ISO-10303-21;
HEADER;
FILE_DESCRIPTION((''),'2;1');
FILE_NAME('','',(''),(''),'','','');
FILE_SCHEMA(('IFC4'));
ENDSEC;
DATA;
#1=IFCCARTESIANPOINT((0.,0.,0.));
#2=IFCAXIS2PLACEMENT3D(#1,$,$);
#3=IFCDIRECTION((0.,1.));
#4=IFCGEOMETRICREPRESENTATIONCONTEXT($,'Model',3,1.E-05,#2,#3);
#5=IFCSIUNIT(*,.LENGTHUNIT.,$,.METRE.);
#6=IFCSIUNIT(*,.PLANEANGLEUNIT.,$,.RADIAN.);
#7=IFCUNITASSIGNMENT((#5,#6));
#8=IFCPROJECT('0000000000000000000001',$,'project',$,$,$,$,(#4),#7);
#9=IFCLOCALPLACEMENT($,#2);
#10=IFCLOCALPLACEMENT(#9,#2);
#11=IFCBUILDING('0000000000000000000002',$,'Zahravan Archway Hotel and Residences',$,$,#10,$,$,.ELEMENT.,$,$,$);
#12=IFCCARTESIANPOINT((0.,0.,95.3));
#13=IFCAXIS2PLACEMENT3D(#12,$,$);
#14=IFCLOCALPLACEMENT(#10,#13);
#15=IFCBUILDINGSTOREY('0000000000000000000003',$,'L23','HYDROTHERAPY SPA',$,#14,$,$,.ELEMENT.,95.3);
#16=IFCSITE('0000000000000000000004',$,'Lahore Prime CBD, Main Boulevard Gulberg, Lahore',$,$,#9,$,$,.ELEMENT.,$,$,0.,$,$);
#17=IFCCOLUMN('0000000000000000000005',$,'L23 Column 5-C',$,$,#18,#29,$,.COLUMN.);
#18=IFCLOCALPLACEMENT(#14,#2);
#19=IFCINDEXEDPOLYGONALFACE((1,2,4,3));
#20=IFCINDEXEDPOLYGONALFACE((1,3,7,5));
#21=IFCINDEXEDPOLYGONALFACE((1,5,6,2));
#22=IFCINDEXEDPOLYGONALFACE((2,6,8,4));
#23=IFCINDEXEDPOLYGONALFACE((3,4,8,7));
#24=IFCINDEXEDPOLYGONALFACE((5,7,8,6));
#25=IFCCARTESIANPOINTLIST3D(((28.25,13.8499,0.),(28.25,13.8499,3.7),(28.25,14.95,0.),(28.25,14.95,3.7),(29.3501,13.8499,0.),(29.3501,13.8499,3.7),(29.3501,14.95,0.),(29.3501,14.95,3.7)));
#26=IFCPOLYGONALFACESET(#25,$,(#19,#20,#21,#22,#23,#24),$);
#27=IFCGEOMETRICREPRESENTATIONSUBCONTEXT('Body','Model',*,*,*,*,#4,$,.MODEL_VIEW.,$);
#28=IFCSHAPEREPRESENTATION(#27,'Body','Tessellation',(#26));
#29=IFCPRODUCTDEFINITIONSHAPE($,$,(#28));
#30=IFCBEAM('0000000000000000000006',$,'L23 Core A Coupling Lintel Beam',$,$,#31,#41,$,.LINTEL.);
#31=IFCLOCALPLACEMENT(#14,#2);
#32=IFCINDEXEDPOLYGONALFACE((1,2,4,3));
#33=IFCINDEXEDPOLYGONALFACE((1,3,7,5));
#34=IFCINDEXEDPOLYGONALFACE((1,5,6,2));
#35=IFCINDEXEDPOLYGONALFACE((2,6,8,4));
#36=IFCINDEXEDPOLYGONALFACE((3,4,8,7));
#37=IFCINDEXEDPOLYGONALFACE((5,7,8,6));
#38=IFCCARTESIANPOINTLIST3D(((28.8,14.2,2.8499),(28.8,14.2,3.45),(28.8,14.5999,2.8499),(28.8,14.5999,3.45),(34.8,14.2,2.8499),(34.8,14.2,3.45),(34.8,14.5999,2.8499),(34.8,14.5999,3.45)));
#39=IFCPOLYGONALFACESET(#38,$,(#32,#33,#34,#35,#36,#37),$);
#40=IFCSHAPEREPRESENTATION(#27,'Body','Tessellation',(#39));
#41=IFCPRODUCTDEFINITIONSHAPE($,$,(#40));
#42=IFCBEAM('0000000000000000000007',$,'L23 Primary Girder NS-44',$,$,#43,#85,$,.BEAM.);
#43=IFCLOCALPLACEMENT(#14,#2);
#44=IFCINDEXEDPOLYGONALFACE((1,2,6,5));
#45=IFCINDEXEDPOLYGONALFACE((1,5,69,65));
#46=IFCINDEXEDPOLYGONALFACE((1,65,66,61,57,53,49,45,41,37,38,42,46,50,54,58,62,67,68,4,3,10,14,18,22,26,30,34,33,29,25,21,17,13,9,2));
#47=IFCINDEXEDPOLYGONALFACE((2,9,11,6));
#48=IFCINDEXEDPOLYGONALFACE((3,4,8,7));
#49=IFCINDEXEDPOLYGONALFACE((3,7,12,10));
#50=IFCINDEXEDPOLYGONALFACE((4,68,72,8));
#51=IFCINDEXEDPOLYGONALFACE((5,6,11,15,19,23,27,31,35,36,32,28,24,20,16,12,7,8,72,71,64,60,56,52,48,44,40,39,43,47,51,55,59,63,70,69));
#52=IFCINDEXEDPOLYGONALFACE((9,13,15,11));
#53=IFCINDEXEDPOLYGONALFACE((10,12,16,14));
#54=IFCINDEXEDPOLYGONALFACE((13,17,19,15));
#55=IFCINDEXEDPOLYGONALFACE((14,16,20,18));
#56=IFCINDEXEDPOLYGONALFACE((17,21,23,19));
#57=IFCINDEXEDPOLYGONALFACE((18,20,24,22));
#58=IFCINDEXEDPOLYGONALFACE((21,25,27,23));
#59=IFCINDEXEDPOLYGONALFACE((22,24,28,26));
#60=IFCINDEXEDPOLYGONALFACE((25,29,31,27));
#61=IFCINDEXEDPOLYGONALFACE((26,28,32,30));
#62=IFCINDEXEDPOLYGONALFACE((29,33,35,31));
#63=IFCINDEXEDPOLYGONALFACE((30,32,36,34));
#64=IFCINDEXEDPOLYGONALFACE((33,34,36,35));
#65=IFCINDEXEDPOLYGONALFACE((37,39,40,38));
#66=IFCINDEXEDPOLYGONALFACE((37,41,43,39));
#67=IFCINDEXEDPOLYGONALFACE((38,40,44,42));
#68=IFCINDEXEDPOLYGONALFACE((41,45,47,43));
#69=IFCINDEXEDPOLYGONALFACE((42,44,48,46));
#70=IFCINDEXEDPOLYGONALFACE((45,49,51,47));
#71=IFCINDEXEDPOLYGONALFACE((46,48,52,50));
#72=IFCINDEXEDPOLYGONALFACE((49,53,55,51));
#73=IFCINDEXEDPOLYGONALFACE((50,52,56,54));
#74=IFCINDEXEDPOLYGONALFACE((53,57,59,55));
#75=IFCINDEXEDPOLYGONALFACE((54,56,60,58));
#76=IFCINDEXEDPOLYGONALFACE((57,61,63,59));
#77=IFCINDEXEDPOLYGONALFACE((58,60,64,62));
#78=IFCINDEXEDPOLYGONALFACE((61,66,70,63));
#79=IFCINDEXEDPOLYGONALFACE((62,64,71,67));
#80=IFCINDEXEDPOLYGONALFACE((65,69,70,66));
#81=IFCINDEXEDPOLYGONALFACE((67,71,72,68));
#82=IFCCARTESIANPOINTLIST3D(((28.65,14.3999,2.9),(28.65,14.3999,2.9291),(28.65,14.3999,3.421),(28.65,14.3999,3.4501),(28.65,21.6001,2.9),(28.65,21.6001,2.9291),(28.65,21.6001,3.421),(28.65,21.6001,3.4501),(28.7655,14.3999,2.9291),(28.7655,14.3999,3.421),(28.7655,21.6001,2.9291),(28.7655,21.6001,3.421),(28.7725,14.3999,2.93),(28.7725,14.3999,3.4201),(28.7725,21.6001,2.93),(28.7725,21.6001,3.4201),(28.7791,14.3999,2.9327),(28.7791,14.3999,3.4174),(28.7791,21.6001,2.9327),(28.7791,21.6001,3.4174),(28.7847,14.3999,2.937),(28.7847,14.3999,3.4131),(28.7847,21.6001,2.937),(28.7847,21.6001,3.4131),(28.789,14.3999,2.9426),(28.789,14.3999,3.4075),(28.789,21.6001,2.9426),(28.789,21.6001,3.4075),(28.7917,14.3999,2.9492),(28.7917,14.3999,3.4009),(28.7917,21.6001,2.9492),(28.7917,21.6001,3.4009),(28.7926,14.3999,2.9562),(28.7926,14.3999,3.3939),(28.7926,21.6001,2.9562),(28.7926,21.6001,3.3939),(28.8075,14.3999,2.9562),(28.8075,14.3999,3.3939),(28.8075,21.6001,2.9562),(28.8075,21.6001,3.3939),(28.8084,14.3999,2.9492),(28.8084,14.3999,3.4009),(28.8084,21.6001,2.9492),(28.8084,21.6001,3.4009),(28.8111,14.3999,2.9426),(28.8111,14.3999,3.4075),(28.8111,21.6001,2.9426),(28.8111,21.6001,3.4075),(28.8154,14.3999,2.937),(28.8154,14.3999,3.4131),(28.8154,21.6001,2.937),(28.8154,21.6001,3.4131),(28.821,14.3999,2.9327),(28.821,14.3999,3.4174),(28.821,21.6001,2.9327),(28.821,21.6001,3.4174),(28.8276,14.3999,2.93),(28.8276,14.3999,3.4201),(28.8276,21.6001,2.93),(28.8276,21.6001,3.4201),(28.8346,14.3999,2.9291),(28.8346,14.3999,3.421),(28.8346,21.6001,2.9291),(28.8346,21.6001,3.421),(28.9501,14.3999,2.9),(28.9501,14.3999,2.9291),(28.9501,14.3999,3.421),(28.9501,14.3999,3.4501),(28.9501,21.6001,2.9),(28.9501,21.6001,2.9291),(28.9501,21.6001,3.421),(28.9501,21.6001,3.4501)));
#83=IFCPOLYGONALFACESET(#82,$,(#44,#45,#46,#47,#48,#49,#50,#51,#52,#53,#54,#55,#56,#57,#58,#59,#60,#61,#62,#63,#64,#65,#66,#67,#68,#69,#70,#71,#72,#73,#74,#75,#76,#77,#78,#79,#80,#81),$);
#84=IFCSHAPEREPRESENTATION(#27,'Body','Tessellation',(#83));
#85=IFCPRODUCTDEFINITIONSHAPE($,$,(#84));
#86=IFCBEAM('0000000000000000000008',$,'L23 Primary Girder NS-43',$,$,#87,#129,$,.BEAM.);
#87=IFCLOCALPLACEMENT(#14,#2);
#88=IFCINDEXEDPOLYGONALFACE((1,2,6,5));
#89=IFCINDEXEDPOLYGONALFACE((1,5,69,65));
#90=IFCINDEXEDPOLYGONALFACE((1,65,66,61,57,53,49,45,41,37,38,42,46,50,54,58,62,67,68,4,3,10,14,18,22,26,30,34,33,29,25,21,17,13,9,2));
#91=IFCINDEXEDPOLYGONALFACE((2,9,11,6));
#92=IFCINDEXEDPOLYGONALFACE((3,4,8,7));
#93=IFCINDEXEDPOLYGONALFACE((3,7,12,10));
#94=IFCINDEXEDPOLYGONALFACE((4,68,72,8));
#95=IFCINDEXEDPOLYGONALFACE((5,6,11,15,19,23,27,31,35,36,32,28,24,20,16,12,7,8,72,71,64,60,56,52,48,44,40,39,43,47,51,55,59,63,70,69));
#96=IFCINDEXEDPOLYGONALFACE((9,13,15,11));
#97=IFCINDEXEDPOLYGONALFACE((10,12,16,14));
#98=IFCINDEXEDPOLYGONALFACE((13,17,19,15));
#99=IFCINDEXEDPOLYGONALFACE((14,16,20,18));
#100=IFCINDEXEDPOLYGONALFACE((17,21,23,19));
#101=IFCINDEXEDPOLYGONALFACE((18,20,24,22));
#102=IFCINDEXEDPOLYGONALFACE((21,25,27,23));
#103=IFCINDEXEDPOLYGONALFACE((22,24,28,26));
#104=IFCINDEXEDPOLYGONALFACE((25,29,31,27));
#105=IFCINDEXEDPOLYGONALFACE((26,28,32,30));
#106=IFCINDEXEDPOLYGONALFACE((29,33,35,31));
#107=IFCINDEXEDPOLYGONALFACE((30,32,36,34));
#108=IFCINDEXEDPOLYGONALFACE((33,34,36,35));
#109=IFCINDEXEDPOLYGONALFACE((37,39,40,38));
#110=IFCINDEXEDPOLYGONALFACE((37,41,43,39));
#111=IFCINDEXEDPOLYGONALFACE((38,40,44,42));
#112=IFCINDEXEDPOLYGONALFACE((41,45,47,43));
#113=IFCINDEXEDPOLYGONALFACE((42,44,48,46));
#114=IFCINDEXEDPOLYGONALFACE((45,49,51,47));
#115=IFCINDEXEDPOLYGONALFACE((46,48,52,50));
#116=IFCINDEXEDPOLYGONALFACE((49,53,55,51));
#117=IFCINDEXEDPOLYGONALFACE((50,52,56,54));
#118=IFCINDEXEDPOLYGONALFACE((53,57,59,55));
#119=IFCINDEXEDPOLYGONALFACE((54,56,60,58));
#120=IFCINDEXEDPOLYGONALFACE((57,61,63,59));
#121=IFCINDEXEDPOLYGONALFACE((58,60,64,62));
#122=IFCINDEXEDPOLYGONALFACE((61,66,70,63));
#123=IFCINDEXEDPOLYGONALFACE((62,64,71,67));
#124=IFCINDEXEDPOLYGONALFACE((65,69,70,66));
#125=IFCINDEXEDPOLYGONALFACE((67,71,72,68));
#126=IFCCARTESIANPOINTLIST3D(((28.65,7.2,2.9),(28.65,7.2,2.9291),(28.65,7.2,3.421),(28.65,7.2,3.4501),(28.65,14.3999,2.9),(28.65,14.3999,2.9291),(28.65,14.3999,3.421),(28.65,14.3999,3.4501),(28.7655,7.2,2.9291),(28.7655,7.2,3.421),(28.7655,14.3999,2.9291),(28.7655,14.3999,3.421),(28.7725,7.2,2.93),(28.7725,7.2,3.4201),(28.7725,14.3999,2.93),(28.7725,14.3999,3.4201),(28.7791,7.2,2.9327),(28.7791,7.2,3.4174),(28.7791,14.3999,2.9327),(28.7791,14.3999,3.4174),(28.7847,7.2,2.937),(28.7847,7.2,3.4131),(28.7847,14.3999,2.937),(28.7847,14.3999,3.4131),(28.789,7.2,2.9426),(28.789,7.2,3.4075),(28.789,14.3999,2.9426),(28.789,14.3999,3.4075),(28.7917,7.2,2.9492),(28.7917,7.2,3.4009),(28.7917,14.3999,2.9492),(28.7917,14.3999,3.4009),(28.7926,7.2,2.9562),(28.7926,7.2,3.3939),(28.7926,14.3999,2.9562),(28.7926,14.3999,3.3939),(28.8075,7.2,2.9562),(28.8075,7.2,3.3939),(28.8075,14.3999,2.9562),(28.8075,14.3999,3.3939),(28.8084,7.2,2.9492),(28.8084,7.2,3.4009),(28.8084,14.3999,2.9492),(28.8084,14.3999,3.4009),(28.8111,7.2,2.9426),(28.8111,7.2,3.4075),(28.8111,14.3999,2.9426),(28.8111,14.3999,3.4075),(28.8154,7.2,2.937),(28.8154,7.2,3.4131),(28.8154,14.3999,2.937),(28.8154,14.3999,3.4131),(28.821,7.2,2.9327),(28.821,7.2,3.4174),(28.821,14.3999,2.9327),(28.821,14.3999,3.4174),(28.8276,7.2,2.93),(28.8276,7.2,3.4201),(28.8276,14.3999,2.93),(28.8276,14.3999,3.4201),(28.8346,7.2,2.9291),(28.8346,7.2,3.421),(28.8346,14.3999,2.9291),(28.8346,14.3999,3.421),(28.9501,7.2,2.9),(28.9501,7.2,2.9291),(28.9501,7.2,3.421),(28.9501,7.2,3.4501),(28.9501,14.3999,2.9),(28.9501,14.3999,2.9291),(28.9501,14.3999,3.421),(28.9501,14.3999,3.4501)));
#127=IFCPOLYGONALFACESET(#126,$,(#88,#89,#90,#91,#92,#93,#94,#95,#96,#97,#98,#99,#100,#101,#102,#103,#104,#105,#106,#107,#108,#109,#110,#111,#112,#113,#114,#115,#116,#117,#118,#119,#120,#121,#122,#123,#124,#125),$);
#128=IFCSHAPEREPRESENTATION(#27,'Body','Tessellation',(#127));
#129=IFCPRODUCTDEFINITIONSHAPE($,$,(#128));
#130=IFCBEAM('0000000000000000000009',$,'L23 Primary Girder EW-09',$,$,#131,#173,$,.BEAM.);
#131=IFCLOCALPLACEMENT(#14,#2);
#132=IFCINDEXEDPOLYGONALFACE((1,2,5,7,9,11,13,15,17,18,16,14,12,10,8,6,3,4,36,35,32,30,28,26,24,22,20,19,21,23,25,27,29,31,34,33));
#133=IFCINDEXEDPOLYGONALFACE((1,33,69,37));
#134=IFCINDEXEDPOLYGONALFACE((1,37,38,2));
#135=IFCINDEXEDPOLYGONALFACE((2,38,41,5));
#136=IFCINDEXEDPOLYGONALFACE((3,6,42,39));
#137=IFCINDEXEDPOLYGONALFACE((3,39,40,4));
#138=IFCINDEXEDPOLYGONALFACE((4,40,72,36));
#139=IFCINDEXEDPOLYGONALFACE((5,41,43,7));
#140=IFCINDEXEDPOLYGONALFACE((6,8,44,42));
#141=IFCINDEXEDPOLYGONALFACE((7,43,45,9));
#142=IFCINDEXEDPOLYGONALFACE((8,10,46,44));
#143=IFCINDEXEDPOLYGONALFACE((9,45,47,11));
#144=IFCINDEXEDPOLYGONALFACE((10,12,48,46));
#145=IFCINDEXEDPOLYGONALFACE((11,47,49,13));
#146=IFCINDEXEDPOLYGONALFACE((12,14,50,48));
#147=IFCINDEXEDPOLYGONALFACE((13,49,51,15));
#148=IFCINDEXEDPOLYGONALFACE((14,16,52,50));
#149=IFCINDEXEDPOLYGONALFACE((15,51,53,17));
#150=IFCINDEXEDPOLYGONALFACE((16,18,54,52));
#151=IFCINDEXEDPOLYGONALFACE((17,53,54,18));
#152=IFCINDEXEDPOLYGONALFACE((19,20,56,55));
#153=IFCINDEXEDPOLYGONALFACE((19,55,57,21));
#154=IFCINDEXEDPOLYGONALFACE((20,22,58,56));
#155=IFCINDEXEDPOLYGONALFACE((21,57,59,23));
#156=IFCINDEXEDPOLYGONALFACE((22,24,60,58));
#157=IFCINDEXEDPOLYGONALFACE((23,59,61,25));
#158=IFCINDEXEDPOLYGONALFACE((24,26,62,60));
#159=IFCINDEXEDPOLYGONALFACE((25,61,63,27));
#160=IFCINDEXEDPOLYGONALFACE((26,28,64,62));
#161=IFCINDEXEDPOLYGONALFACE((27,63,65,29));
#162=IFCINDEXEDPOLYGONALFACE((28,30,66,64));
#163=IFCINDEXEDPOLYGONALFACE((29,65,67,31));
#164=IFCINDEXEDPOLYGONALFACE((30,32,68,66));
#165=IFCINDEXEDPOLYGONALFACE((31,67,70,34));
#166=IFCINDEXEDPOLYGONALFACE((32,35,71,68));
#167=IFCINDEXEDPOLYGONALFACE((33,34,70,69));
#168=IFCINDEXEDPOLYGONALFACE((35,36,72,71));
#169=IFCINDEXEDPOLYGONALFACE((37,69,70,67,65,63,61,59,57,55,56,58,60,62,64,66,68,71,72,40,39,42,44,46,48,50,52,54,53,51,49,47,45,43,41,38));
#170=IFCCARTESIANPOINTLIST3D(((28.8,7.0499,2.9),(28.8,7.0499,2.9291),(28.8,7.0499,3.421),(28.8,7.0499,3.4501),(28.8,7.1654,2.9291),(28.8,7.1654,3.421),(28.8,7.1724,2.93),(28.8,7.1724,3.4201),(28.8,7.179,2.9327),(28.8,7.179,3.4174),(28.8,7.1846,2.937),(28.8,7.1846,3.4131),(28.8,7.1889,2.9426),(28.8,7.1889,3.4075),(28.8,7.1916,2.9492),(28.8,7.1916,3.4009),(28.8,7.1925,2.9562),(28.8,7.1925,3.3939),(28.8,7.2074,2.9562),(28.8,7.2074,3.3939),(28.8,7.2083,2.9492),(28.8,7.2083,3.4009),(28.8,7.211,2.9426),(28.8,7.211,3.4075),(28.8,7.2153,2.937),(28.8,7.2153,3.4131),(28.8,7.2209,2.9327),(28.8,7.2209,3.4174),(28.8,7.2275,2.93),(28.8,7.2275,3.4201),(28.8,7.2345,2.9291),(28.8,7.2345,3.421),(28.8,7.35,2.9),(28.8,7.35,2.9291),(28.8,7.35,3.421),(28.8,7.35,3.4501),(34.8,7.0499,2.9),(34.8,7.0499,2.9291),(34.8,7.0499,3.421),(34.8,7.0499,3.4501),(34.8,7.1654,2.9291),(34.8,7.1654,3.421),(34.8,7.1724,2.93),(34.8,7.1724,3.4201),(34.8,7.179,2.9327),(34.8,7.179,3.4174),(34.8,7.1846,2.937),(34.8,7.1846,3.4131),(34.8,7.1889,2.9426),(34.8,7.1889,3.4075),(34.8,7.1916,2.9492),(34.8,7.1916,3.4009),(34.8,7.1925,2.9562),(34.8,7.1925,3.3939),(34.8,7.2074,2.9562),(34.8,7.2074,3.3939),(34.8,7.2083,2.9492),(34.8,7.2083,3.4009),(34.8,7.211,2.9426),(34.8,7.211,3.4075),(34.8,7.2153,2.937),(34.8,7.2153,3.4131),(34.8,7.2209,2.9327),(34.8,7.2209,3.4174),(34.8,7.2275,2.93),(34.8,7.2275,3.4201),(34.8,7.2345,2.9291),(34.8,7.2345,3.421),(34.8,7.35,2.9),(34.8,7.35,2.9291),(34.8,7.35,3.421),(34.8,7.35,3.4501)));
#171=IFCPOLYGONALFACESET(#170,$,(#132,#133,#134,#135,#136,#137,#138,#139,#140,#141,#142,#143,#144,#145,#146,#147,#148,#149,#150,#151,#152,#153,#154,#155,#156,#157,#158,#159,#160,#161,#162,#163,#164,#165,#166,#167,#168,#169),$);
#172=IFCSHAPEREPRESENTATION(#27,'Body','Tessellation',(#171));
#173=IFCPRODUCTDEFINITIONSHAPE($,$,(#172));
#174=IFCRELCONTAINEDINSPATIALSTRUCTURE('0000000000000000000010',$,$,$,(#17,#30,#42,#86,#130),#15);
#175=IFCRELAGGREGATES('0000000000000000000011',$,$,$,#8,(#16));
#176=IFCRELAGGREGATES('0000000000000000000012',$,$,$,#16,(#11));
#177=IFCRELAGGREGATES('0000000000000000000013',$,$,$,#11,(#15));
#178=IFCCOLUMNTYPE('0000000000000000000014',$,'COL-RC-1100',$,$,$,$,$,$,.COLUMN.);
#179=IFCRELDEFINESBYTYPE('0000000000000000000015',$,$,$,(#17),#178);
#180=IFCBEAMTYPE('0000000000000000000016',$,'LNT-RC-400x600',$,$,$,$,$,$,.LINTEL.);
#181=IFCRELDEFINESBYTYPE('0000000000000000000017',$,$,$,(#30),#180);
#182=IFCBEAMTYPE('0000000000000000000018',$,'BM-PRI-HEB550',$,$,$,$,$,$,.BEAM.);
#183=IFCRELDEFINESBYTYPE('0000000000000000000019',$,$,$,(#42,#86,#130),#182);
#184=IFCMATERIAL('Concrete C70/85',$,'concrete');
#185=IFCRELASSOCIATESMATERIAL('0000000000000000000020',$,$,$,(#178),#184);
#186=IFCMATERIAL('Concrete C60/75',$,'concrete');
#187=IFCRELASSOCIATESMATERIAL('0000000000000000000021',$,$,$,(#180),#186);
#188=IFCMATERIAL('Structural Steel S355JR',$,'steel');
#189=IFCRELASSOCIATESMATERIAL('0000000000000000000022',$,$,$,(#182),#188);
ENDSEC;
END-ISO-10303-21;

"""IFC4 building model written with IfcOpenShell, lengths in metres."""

from ifc_helpers import new_model, si_unit, direction, frame, origin, origin_2d, place, context, subcontext, project, spatial, rectangle, i_section, extrude, source, transform, mapped, material, material_profile, profile_set, type_object, type_shapes, element, save


model = new_model("IFC4")

# Units and contexts
model_context = context("Model", 3, precision=1e-05, world=origin(), true_north=direction((0.0, 1.0)))
body_context = subcontext(model_context, "Body", "Model", "MODEL_VIEW")
ifc_project = project(units=[si_unit("LENGTHUNIT", "METRE"), si_unit("PLANEANGLEUNIT", "RADIAN")], contexts=[model_context])

# Site, building, storey
site_placement = place(None, origin())
site = spatial("IfcSite", under=ifc_project, at=site_placement, Name="Lahore Prime CBD, Main Boulevard Gulberg, Lahore", CompositionType="ELEMENT", RefElevation=0.0)
building_placement = place(site_placement, origin())
building = spatial("IfcBuilding", under=site, at=building_placement, Name="Zahravan Archway Hotel and Residences", CompositionType="ELEMENT")
storey_placement = place(building_placement, frame((0.0, 0.0, 95.3)))
storey = spatial("IfcBuildingStorey", under=building, at=storey_placement, Name="L23", Description="HYDROTHERAPY SPA", CompositionType="ELEMENT", Elevation=95.3)

# Column
ifc_material_1 = material(Name="Concrete C70/85", Category="concrete")
ifc_material_profile_1 = material_profile(ifc_material_1, rectangle(XDim=1.1001, YDim=1.1001, at=origin_2d()), Name="RC 1100x1100", Category="concrete")
ifc_profile_set_1 = profile_set([ifc_material_profile_1], Name="Concrete C70/85")
column_type = type_object("IfcColumnType", Name="COL-RC-1100", PredefinedType="COLUMN", material=ifc_profile_set_1)
shared_shape_1 = source(origin(), body_context, "Body", "SweptSolid", [
    extrude(rectangle(XDim=1.1001, YDim=1.1001, at=origin_2d()), origin(), (0.0, 0.0, 1.0), 3.7),
])
column_placement = place(storey_placement, frame((28.8, 14.3999, 0.0), z_axis=(0.0, 0.0, 1.0), x_axis=(1.0, 0.0, 0.0)))
element("IfcColumn", 1, at=column_placement, inside=storey, type_object=column_type, Name="L23 Column 5-C", PredefinedType="COLUMN", context=body_context, shape_type="MappedRepresentation", body=[
    mapped(shared_shape_1, transform((0.0, 0.0, 0.0), scale=1.0)),
])

# Beams
ifc_material_2 = material(Name="Concrete C60/75", Category="concrete")
ifc_material_profile_2 = material_profile(ifc_material_2, rectangle(XDim=0.3999, YDim=0.6001, at=origin_2d()), Name="RC-LNT-400x600", Category="concrete")
ifc_profile_set_2 = profile_set([ifc_material_profile_2], Name="Concrete C60/75")
beam_type_1 = type_object("IfcBeamType", Name="LNT-RC-400x600", PredefinedType="LINTEL", material=ifc_profile_set_2)
shared_shape_2 = source(origin(), body_context, "Body", "SweptSolid", [
    extrude(rectangle(XDim=0.3999, YDim=0.6001, at=origin_2d()), origin(), (0.0, 0.0, 1.0), 6.0),
])
type_shapes(beam_type_1, [shared_shape_2])
beam_1_placement = place(storey_placement, frame((28.8, 14.3999, 3.1499), z_axis=(1.0, 0.0, 0.0), x_axis=(0.0, 1.0, 0.0)))
element("IfcBeam", 2, at=beam_1_placement, inside=storey, type_object=beam_type_1, Name="L23 Core A Coupling Lintel Beam", PredefinedType="LINTEL", context=body_context, shape_type="MappedRepresentation", body=[
    mapped(shared_shape_2, transform((0.0, 0.0, 0.0), scale=1.0)),
])
ifc_material_3 = material(Name="Structural Steel S355JR", Category="steel")
ifc_material_profile_3 = material_profile(ifc_material_3, i_section(OverallWidth=0.3, OverallDepth=0.55, WebThickness=0.0149, FlangeThickness=0.0291, FilletRadius=0.0271, at=origin_2d()), Name="HEB 550", Category="steel")
ifc_profile_set_3 = profile_set([ifc_material_profile_3], Name="Structural Steel S355JR")
beam_type_2 = type_object("IfcBeamType", Name="BM-PRI-HEB550", PredefinedType="BEAM", material=ifc_profile_set_3)
shared_shape_3 = source(origin(), body_context, "Body", "SweptSolid", [
    extrude(i_section(OverallWidth=0.3, OverallDepth=0.55, WebThickness=0.0149, FlangeThickness=0.0291, FilletRadius=0.0271, at=origin_2d()), origin(), (0.0, 0.0, 1.0), 7.2002),
])
type_shapes(beam_type_2, [shared_shape_3])
beam_2_placement = place(storey_placement, frame((28.8, 14.3999, 3.175), z_axis=(0.0, 1.0, 0.0), x_axis=(-1.0, 0.0, 0.0)))
element("IfcBeam", 3, at=beam_2_placement, inside=storey, type_object=beam_type_2, Name="L23 Primary Girder NS-44", PredefinedType="BEAM", context=body_context, shape_type="MappedRepresentation", body=[
    mapped(shared_shape_3, transform((0.0, 0.0, 0.0), scale=1.0)),
])
shared_shape_4 = source(origin(), body_context, "Body", "SweptSolid", [
    extrude(i_section(OverallWidth=0.3, OverallDepth=0.55, WebThickness=0.0149, FlangeThickness=0.0291, FilletRadius=0.0271, at=origin_2d()), origin(), (0.0, 0.0, 1.0), 7.2),
])
beam_3_placement = place(storey_placement, frame((28.8, 7.2, 3.175), z_axis=(0.0, 1.0, 0.0), x_axis=(-1.0, 0.0, 0.0)))
element("IfcBeam", 4, at=beam_3_placement, inside=storey, type_object=beam_type_2, Name="L23 Primary Girder NS-43", PredefinedType="BEAM", context=body_context, shape_type="MappedRepresentation", body=[
    mapped(shared_shape_4, transform((0.0, 0.0, 0.0), scale=1.0)),
])
shared_shape_5 = source(origin(), body_context, "Body", "SweptSolid", [
    extrude(i_section(OverallWidth=0.3, OverallDepth=0.55, WebThickness=0.0149, FlangeThickness=0.0291, FilletRadius=0.0271, at=origin_2d()), origin(), (0.0, 0.0, 1.0), 6.0),
])
beam_4_placement = place(storey_placement, frame((28.8, 7.2, 3.175), z_axis=(1.0, 0.0, 0.0), x_axis=(0.0, 1.0, 0.0)))
element("IfcBeam", 5, at=beam_4_placement, inside=storey, type_object=beam_type_2, Name="L23 Primary Girder EW-09", PredefinedType="BEAM", context=body_context, shape_type="MappedRepresentation", body=[
    mapped(shared_shape_5, transform((0.0, 0.0, 0.0), scale=1.0)),
])

save(model, "model.ifc")
